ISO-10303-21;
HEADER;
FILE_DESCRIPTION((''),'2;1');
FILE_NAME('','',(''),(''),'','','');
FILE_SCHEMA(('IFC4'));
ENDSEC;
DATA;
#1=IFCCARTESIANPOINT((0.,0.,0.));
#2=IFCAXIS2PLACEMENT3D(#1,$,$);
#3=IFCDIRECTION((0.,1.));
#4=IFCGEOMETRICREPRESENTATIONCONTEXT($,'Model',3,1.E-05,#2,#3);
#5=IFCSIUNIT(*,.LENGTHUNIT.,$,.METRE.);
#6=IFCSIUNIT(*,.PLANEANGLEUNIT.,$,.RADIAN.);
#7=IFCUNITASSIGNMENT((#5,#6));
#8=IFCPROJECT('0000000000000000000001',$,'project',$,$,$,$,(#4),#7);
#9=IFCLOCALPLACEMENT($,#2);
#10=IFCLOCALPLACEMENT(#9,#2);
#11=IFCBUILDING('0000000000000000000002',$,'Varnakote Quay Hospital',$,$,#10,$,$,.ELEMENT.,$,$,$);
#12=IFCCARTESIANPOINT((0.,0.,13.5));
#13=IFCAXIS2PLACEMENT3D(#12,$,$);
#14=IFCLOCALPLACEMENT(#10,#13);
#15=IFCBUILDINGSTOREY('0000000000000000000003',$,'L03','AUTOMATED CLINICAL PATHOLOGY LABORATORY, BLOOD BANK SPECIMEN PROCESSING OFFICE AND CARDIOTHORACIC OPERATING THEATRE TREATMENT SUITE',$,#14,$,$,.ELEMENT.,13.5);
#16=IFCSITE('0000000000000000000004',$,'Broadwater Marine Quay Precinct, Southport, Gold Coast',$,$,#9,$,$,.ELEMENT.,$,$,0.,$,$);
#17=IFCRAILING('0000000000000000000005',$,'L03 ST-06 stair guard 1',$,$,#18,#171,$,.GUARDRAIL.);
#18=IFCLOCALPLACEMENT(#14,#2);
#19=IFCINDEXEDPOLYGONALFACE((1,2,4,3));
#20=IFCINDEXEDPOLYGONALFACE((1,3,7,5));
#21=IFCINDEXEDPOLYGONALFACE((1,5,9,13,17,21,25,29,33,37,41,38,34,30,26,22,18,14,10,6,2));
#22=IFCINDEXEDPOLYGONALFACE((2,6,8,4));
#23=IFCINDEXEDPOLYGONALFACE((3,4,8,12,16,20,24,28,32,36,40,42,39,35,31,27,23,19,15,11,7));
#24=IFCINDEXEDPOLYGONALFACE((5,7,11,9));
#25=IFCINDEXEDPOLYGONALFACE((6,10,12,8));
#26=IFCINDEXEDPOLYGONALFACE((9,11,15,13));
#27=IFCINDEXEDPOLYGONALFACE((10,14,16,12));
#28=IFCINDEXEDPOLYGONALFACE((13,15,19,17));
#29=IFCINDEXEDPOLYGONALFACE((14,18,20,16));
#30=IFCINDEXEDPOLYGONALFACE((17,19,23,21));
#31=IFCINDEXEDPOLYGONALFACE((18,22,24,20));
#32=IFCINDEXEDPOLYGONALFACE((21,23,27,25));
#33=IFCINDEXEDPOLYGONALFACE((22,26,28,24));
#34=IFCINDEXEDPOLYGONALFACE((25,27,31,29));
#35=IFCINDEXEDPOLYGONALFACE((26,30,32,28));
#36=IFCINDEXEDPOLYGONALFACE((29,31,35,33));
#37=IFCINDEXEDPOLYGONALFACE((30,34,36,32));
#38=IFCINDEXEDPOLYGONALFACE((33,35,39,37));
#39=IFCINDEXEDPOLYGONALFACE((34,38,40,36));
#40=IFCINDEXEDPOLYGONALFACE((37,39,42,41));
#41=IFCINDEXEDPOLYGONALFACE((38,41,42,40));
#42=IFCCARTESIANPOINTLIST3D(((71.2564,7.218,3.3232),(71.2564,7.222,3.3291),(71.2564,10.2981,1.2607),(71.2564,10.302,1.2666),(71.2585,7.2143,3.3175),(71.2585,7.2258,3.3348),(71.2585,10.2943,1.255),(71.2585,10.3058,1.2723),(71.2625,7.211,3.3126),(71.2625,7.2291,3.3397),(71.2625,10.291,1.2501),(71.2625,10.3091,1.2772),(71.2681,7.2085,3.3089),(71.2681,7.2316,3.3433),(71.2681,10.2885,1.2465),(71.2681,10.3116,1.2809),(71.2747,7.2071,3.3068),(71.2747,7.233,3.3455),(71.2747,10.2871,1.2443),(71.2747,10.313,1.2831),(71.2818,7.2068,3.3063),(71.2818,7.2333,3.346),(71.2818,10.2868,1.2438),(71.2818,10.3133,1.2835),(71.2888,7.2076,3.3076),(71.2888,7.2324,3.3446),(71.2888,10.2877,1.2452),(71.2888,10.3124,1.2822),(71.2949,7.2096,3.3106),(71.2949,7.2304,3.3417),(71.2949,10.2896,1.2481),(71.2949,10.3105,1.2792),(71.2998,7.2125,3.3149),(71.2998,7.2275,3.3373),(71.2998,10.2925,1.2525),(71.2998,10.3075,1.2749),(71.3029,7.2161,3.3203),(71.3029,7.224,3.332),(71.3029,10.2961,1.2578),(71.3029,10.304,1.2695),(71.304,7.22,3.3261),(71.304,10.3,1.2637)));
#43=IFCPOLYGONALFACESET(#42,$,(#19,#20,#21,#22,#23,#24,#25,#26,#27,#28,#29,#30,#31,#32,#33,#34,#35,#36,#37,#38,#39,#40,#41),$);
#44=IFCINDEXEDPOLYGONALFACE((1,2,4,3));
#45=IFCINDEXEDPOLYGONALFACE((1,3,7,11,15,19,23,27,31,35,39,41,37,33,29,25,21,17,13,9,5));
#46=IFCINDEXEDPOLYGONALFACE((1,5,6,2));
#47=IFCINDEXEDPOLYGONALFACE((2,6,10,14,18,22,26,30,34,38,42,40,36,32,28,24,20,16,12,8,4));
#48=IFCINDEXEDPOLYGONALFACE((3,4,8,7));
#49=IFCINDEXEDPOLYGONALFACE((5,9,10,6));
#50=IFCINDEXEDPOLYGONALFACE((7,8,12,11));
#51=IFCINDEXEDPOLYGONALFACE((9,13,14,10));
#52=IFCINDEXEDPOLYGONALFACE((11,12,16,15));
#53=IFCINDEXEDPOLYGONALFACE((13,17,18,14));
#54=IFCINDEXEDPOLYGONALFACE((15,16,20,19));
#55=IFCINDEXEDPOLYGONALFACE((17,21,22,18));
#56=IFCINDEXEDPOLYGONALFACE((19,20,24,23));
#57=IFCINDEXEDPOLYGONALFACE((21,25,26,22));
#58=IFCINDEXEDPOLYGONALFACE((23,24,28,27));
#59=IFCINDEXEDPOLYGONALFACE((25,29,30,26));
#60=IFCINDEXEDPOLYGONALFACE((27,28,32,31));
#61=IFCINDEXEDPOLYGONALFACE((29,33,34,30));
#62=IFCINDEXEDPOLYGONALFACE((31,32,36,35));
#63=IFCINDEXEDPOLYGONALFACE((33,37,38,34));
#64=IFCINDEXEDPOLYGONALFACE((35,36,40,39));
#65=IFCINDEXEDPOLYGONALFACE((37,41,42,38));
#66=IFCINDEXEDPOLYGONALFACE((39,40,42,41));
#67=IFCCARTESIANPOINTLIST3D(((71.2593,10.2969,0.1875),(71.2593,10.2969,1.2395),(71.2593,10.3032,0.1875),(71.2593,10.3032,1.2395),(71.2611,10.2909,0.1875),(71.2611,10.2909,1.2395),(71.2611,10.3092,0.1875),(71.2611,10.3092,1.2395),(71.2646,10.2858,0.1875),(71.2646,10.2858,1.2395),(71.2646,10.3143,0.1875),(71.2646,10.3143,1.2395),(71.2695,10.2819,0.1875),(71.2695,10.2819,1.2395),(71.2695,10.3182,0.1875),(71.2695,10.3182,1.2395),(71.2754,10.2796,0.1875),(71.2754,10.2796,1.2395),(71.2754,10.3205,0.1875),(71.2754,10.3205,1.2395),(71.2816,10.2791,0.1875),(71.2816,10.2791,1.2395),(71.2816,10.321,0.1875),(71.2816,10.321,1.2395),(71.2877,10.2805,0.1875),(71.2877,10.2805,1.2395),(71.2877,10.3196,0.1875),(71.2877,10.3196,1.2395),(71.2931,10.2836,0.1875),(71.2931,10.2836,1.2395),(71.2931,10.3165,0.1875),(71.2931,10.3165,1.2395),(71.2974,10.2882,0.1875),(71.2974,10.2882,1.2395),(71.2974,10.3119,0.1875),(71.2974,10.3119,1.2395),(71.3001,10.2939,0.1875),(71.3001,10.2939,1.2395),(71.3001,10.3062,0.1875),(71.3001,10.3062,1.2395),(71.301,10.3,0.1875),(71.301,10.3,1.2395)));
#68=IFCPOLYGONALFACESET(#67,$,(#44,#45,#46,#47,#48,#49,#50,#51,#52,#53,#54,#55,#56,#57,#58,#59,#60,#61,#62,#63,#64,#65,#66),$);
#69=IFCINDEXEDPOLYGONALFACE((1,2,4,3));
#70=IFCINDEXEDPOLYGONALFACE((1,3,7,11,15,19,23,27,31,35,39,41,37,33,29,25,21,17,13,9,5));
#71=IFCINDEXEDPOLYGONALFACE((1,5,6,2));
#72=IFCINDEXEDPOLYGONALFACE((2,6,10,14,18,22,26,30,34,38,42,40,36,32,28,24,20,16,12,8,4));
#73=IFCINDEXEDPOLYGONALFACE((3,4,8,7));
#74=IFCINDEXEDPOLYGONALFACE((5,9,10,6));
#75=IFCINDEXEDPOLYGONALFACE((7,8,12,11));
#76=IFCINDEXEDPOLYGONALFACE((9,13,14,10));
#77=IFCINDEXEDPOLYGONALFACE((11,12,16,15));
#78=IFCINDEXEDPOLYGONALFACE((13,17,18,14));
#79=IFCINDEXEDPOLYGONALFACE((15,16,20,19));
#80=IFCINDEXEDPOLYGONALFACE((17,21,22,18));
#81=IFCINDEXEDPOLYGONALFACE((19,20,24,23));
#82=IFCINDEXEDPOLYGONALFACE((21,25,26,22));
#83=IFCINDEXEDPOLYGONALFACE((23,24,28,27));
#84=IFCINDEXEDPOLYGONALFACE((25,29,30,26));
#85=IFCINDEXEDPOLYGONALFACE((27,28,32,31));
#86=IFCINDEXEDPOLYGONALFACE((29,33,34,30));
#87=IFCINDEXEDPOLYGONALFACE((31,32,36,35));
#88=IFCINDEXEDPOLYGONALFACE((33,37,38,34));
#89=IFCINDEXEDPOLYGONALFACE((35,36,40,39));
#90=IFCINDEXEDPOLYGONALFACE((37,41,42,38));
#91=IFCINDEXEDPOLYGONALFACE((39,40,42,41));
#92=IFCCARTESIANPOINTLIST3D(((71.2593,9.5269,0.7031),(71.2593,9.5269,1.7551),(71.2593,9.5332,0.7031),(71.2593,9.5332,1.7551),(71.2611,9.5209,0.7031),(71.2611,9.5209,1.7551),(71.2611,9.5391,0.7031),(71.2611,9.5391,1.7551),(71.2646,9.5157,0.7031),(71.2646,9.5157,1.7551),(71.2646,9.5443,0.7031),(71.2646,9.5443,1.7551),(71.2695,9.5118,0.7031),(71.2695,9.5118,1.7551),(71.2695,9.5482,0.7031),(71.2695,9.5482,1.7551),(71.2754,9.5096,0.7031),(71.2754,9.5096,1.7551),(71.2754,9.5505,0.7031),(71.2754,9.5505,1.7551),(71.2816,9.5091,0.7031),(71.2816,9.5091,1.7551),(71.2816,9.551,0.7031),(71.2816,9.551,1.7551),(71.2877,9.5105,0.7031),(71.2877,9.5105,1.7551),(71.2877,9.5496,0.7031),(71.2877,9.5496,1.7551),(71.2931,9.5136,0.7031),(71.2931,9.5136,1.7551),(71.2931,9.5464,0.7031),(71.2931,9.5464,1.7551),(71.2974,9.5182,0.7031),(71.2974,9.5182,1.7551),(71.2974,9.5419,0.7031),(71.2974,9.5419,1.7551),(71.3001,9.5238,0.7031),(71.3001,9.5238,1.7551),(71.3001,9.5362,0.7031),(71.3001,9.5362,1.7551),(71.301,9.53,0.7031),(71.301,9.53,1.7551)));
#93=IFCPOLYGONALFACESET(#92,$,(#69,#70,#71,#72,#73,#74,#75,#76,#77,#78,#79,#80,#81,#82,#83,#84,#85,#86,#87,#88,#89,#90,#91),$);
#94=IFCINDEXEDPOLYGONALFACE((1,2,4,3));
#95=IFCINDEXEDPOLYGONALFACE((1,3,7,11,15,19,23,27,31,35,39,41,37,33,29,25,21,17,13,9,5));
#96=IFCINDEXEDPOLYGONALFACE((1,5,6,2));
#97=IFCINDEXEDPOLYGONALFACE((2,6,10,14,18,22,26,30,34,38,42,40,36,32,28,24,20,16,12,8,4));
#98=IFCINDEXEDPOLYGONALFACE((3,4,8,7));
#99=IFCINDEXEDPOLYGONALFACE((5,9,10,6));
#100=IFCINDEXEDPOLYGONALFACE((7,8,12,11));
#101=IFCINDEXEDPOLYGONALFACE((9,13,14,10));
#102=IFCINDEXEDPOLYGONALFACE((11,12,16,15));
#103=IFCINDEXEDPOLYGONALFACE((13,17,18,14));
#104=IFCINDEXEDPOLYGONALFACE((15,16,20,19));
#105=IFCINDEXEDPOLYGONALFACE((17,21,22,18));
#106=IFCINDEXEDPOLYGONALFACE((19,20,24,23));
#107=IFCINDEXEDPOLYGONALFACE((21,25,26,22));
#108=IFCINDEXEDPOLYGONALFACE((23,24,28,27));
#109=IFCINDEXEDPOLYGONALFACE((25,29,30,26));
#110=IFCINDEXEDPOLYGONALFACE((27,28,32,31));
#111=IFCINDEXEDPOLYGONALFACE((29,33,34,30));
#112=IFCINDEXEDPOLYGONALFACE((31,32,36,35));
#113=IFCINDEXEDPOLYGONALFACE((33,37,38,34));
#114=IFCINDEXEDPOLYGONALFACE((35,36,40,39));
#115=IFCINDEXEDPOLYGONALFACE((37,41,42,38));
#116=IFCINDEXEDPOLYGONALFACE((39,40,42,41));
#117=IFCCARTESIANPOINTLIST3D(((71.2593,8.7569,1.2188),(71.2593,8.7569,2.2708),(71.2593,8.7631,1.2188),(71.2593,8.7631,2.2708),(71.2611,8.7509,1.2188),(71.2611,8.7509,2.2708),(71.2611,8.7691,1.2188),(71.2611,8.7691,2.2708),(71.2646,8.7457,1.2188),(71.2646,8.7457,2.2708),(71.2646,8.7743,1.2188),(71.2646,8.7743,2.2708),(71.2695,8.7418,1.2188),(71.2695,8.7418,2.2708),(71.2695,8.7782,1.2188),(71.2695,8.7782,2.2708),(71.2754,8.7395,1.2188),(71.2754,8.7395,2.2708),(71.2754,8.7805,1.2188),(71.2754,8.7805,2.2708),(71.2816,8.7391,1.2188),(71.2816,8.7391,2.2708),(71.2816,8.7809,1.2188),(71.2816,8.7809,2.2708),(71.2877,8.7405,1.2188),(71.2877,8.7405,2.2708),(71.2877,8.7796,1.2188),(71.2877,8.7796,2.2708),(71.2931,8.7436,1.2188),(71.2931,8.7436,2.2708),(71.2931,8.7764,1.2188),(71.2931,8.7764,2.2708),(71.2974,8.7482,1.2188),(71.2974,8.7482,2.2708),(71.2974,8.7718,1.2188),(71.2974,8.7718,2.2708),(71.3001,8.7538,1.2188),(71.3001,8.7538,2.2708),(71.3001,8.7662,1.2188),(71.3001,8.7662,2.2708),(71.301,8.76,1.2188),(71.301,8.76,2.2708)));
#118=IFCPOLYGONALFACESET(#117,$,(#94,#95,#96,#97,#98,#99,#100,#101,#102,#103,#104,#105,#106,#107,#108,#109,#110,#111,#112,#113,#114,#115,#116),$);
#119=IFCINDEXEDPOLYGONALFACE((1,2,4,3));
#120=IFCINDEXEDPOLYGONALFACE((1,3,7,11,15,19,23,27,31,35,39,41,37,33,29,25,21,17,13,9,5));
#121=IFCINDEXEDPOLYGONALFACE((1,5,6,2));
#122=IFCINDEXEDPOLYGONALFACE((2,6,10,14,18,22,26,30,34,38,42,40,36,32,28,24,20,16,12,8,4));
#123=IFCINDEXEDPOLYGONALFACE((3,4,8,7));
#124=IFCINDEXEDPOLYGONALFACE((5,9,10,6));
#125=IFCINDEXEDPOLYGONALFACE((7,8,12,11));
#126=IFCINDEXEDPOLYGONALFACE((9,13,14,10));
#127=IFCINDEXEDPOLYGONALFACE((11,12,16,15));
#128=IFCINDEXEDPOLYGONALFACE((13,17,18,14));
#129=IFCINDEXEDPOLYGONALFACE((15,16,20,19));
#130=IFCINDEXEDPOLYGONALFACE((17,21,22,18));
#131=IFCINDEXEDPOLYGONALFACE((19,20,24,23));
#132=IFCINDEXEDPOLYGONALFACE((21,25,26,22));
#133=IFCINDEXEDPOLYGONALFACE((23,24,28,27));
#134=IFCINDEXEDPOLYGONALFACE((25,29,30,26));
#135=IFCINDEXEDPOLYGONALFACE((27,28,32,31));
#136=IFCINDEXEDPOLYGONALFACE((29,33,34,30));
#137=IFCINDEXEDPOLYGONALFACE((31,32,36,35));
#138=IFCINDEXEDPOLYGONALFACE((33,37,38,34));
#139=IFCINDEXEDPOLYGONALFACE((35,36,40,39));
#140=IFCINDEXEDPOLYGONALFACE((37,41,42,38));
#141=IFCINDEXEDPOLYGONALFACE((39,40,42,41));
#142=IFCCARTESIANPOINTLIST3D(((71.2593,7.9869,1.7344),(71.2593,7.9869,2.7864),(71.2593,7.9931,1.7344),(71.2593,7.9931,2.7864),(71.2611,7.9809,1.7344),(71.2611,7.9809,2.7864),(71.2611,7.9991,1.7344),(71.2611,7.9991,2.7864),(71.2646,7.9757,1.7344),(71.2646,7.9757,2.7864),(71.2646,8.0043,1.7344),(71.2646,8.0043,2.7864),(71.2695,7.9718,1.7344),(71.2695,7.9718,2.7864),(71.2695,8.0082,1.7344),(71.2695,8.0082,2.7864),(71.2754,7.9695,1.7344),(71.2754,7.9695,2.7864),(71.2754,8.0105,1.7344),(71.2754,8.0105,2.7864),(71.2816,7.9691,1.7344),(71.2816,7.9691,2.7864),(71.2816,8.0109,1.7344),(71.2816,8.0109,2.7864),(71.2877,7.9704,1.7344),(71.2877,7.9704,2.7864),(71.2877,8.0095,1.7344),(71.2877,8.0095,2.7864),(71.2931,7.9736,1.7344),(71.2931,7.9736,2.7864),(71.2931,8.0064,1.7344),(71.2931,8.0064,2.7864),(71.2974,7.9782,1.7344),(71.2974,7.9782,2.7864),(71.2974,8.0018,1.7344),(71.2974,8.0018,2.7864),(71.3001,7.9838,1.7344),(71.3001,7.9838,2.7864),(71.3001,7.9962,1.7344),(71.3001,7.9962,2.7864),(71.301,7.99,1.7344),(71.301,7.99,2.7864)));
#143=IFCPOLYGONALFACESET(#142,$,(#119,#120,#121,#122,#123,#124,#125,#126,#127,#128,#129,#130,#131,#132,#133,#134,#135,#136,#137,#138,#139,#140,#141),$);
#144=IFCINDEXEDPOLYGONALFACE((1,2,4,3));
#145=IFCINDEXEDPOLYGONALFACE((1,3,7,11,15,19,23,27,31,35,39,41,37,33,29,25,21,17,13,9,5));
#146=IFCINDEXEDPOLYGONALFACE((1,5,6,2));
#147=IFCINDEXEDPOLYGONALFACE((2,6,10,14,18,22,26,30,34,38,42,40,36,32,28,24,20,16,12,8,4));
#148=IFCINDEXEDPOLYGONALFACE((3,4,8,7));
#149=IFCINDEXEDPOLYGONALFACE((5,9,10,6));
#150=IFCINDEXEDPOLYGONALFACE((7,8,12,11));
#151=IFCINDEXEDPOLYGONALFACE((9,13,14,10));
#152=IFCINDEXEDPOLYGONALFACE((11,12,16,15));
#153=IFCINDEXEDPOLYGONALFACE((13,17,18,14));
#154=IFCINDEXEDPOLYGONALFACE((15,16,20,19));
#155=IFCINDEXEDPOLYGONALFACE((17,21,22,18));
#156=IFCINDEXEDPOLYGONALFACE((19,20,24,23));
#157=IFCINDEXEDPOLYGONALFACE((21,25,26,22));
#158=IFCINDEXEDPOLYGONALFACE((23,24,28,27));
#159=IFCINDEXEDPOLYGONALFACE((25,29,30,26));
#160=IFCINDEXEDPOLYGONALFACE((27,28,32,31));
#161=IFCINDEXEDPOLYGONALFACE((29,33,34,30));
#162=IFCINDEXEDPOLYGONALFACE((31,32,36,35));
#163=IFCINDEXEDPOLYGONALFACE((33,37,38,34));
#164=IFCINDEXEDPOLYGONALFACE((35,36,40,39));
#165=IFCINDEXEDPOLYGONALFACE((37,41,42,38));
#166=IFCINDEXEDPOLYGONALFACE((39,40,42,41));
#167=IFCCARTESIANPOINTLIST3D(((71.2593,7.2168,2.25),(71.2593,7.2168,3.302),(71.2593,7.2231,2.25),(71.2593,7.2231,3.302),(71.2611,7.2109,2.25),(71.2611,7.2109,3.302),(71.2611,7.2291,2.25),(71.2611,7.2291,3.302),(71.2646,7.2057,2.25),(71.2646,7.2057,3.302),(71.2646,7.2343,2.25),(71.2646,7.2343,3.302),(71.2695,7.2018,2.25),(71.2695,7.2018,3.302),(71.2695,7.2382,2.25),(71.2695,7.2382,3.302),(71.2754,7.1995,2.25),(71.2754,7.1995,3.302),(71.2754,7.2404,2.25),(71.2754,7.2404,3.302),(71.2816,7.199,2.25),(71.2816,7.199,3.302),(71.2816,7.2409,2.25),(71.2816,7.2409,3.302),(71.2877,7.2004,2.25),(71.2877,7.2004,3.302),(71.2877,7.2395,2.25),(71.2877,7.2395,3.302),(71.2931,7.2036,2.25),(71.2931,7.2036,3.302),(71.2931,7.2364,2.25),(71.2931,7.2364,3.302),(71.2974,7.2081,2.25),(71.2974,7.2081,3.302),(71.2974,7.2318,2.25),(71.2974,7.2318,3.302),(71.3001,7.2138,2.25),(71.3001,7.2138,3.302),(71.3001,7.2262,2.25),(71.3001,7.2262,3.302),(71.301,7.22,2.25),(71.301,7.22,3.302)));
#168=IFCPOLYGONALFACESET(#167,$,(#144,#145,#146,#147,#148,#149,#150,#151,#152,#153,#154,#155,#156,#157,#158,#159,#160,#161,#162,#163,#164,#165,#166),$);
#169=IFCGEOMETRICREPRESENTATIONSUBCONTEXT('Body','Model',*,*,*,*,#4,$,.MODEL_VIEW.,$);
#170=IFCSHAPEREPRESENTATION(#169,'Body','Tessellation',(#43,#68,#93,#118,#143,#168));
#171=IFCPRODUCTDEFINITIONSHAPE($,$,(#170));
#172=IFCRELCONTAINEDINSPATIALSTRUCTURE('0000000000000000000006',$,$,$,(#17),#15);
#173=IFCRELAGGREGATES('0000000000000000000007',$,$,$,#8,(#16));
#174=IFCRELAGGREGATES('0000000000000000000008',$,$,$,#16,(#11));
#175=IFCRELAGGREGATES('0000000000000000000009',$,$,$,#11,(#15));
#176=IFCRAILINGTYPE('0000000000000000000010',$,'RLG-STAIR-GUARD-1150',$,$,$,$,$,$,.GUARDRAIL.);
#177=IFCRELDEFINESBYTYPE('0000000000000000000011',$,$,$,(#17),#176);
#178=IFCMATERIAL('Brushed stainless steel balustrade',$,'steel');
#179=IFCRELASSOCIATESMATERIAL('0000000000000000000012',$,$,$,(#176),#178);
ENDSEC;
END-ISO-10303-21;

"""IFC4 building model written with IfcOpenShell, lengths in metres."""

from ifc_helpers import new_model, si_unit, direction, frame, origin, origin_2d, place, context, subcontext, project, spatial, circle, extrude, material, type_object, element, save


model = new_model("IFC4")

# Units and contexts
model_context = context("Model", 3, precision=1e-05, world=origin(), true_north=direction((0.0, 1.0)))
body_context = subcontext(model_context, "Body", "Model", "MODEL_VIEW")
ifc_project = project(units=[si_unit("LENGTHUNIT", "METRE"), si_unit("PLANEANGLEUNIT", "RADIAN")], contexts=[model_context])

# Site, building, storey
site_placement = place(None, origin())
site = spatial("IfcSite", under=ifc_project, at=site_placement, Name="Broadwater Marine Quay Precinct, Southport, Gold Coast", CompositionType="ELEMENT", RefElevation=0.0)
building_placement = place(site_placement, origin())
building = spatial("IfcBuilding", under=site, at=building_placement, Name="Varnakote Quay Hospital", CompositionType="ELEMENT")
storey_placement = place(building_placement, frame((0.0, 0.0, 13.5)))
storey = spatial("IfcBuildingStorey", under=building, at=storey_placement, Name="L03", Description="AUTOMATED CLINICAL PATHOLOGY LABORATORY, BLOOD BANK SPECIMEN PROCESSING OFFICE AND CARDIOTHORACIC OPERATING THEATRE TREATMENT SUITE", CompositionType="ELEMENT", Elevation=13.5)

# Railing
ifc_material_1 = material(Name="Brushed stainless steel balustrade", Category="steel")
railing_type_1 = type_object("IfcRailingType", Name="RLG-STAIR-GUARD-1150", PredefinedType="GUARDRAIL", material=ifc_material_1)
railing_1_placement = place(storey_placement, frame((71.28, 10.3, 0.1875)))
element("IfcRailing", 1, at=railing_1_placement, inside=storey, type_object=railing_type_1, Name="L03 ST-06 stair guard 1", PredefinedType="GUARDRAIL", context=body_context, shape_type="SweptSolid", body=[
    extrude(circle(Radius=0.0239, at=origin_2d()), frame((0.0, 0.0, 1.0762), z_axis=(0.0, -0.830914, 0.556401), x_axis=(1.0, 0.0, 0.0)), (0.0, 0.0, 1.0), 3.7068),
    extrude(circle(Radius=0.021, at=origin_2d()), origin(), (0.0, 0.0, 1.0), 1.052),
    extrude(circle(Radius=0.021, at=origin_2d()), frame((0.0, -0.77, 0.5156)), (0.0, 0.0, 1.0), 1.052),
    extrude(circle(Radius=0.021, at=origin_2d()), frame((0.0, -1.54, 1.0312)), (0.0, 0.0, 1.0), 1.052),
    extrude(circle(Radius=0.021, at=origin_2d()), frame((0.0, -2.3101, 1.5469)), (0.0, 0.0, 1.0), 1.052),
    extrude(circle(Radius=0.021, at=origin_2d()), frame((0.0, -3.0801, 2.0625)), (0.0, 0.0, 1.0), 1.052),
])

save(model, "model.ifc")
